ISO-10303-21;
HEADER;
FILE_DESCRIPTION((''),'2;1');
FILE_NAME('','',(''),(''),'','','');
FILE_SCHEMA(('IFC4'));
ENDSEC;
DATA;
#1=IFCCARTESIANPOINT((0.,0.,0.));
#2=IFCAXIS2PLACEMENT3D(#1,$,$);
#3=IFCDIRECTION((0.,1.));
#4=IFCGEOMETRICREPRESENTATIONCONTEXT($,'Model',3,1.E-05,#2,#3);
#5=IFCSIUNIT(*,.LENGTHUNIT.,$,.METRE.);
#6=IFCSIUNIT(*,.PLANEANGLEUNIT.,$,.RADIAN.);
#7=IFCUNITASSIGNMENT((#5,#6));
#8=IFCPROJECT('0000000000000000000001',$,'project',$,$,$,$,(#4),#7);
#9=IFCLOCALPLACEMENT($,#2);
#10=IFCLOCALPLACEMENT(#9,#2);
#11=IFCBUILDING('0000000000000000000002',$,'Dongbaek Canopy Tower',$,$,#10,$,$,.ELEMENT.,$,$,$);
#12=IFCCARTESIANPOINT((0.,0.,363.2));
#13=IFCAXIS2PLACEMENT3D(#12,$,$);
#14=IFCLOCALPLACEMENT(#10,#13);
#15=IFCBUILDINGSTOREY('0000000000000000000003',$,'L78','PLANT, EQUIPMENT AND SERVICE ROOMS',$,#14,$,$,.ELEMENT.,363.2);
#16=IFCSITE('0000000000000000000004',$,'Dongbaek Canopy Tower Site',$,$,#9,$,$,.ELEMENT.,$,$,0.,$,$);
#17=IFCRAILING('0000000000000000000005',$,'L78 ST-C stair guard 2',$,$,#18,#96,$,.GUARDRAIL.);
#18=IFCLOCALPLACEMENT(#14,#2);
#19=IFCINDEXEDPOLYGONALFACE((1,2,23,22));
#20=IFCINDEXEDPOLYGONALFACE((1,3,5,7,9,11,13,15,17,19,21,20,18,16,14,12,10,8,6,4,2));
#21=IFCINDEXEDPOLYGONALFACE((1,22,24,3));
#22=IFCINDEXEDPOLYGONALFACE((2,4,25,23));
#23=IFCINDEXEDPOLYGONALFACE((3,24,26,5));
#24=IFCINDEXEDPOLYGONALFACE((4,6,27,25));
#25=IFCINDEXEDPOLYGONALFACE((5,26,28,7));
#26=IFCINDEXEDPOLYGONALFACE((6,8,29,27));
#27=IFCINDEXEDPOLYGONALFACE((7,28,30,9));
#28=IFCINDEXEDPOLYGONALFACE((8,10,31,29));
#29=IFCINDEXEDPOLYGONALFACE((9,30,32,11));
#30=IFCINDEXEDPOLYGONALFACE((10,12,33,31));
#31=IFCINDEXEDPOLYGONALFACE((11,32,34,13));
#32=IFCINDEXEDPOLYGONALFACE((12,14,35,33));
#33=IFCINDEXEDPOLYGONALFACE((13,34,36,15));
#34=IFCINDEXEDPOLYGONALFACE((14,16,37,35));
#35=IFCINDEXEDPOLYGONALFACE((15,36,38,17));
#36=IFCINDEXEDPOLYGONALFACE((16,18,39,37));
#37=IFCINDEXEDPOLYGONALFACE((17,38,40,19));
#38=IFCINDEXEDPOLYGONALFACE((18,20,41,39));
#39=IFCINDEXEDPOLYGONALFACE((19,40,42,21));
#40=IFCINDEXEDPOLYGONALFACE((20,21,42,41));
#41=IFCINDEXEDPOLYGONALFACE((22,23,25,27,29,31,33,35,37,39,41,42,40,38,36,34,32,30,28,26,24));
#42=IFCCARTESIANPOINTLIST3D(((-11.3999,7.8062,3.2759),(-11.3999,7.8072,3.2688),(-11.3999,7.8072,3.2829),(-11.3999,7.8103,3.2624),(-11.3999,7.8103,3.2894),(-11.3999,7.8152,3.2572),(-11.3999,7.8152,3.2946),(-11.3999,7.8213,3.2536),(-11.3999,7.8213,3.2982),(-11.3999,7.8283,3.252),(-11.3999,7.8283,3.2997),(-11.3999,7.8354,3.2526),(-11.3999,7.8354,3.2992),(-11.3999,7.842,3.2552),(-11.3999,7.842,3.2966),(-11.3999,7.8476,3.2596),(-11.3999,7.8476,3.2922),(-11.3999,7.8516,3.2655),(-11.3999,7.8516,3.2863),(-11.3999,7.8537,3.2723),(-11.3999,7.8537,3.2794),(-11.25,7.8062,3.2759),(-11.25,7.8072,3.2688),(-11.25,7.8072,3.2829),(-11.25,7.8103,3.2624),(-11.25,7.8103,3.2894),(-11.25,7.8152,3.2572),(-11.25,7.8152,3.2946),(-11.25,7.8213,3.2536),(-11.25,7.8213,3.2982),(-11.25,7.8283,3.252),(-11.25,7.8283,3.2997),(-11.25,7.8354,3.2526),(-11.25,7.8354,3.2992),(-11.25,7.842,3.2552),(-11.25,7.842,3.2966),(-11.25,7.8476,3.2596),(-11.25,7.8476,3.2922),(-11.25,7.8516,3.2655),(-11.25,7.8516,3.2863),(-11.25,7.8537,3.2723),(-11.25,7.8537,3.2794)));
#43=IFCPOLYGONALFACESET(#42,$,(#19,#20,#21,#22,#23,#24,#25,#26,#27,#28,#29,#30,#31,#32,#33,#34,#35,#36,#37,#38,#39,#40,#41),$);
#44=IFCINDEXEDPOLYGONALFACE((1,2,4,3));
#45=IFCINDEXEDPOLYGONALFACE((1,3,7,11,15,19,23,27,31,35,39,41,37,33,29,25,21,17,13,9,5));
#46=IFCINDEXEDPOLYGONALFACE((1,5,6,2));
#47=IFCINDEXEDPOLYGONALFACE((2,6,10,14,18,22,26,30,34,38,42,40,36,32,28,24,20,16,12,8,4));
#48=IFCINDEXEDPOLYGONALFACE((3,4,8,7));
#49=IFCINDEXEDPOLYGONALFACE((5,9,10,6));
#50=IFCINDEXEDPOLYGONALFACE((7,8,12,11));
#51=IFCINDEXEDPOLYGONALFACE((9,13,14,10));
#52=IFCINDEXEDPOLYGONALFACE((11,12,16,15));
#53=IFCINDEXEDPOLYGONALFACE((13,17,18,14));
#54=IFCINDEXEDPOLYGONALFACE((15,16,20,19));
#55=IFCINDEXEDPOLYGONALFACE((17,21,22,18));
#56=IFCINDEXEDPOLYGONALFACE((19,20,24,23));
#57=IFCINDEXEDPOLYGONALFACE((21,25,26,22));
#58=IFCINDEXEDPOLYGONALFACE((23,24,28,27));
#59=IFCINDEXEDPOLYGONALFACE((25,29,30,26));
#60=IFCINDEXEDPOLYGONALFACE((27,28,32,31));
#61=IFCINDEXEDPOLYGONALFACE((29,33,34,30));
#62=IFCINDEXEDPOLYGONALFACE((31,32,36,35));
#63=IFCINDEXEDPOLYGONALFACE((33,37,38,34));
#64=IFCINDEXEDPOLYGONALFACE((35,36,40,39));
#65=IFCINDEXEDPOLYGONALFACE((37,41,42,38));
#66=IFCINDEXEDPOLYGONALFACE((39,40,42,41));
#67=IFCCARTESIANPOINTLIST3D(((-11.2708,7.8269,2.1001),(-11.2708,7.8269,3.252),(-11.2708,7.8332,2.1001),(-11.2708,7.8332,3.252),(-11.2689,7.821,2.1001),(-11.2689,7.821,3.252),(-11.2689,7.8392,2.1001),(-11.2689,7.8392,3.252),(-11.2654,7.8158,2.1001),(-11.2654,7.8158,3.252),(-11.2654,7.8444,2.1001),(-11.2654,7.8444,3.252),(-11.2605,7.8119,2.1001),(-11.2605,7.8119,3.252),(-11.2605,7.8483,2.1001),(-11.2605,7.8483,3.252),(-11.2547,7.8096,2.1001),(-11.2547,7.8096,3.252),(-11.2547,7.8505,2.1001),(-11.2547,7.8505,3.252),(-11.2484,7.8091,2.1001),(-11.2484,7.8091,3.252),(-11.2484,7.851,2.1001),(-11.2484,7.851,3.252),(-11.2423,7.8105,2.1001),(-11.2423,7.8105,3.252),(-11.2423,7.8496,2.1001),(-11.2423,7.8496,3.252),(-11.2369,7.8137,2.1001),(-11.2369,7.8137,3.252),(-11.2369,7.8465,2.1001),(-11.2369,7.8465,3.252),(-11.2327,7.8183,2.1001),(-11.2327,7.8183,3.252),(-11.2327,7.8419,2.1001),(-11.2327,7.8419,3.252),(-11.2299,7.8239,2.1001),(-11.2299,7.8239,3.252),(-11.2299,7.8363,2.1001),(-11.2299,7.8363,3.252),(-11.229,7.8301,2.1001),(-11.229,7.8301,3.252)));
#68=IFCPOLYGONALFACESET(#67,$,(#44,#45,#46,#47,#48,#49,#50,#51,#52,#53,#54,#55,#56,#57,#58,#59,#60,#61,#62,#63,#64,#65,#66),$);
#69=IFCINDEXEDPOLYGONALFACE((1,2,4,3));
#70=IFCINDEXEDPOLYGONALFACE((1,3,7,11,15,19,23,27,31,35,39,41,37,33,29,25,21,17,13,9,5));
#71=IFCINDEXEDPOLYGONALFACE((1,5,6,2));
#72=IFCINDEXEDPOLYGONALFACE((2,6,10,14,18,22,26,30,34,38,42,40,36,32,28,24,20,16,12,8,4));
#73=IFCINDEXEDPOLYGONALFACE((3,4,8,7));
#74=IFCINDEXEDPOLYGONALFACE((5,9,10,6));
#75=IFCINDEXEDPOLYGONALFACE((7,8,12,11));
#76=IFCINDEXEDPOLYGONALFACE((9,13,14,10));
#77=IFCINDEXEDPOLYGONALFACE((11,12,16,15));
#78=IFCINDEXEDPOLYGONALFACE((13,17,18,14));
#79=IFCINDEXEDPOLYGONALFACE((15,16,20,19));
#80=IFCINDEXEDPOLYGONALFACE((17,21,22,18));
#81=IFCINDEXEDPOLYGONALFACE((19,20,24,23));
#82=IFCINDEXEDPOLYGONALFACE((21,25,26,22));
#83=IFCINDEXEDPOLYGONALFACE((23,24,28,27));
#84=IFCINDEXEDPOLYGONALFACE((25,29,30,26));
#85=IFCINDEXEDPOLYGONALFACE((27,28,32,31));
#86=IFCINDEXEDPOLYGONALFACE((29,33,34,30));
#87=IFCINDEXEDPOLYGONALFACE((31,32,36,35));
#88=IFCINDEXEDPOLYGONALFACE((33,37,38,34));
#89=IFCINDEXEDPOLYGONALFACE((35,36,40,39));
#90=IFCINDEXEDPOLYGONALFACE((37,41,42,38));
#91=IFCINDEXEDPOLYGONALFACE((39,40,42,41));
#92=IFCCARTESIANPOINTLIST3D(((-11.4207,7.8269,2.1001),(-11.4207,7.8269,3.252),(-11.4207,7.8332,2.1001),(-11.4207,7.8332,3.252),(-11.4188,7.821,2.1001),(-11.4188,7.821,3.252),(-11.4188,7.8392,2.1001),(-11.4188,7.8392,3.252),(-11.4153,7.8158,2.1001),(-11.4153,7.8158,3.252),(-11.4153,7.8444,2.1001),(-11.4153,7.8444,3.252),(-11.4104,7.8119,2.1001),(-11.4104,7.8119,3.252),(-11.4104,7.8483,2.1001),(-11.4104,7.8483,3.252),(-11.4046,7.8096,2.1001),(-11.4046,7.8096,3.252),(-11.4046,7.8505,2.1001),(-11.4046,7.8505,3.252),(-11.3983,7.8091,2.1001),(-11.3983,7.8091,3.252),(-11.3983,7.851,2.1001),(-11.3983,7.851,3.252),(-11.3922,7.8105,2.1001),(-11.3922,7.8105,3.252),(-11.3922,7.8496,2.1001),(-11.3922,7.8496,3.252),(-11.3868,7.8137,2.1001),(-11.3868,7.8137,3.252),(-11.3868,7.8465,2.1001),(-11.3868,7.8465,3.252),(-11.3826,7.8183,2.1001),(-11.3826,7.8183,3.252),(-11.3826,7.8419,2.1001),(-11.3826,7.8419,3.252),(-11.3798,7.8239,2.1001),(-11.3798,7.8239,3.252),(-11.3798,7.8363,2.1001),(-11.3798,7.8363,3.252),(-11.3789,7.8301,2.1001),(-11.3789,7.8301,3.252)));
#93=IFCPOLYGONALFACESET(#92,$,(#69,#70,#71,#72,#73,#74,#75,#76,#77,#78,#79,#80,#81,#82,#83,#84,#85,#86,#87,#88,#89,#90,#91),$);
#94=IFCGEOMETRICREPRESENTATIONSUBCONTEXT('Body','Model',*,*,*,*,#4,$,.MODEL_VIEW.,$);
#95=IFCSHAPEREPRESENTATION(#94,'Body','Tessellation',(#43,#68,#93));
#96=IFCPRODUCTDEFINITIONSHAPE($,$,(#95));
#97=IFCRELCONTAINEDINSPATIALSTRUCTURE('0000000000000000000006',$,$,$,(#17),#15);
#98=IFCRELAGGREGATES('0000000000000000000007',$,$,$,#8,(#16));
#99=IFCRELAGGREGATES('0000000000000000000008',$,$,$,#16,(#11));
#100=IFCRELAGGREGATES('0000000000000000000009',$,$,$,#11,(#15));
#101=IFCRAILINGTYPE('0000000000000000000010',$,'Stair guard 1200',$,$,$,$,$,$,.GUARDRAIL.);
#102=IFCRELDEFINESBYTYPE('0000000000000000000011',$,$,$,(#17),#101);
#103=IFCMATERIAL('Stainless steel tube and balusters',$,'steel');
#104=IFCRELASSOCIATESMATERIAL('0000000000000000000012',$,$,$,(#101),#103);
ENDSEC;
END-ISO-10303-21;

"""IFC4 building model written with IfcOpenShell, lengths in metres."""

from ifc_helpers import new_model, si_unit, direction, frame, origin, origin_2d, place, context, subcontext, project, spatial, circle, extrude, material, type_object, element, save


model = new_model("IFC4")

# Units and contexts
model_context = context("Model", 3, precision=1e-05, world=origin(), true_north=direction((0.0, 1.0)))
body_context = subcontext(model_context, "Body", "Model", "MODEL_VIEW")
ifc_project = project(units=[si_unit("LENGTHUNIT", "METRE"), si_unit("PLANEANGLEUNIT", "RADIAN")], contexts=[model_context])

# Site, building, storey
site_placement = place(None, origin())
site = spatial("IfcSite", under=ifc_project, at=site_placement, Name="Dongbaek Canopy Tower Site", CompositionType="ELEMENT", RefElevation=0.0)
building_placement = place(site_placement, origin())
building = spatial("IfcBuilding", under=site, at=building_placement, Name="Dongbaek Canopy Tower", CompositionType="ELEMENT")
storey_placement = place(building_placement, frame((0.0, 0.0, 363.2)))
storey = spatial("IfcBuildingStorey", under=building, at=storey_placement, Name="L78", Description="PLANT, EQUIPMENT AND SERVICE ROOMS", CompositionType="ELEMENT", Elevation=363.2)

# Railing
ifc_material_1 = material(Name="Stainless steel tube and balusters", Category="steel")
railing_type_1 = type_object("IfcRailingType", Name="Stair guard 1200", PredefinedType="GUARDRAIL", material=ifc_material_1)
railing_1_placement = place(storey_placement, frame((-11.25, 7.8301, 2.1001)))
element("IfcRailing", 1, at=railing_1_placement, inside=storey, type_object=railing_type_1, Name="L78 ST-C stair guard 2", PredefinedType="GUARDRAIL", context=body_context, shape_type="SweptSolid", body=[
    extrude(circle(Radius=0.0239, at=origin_2d()), frame((0.0, 0.0, 1.1758), z_axis=(-1.0, 0.0, 0.0), x_axis=(0.0, -1.0, 0.0)), (0.0, 0.0, 1.0), 0.1499),
    extrude(circle(Radius=0.021, at=origin_2d()), origin(), (0.0, 0.0, 1.0), 1.1519),
    extrude(circle(Radius=0.021, at=origin_2d()), frame((-0.1499, 0.0, 0.0)), (0.0, 0.0, 1.0), 1.1519),
])

save(model, "model.ifc")
